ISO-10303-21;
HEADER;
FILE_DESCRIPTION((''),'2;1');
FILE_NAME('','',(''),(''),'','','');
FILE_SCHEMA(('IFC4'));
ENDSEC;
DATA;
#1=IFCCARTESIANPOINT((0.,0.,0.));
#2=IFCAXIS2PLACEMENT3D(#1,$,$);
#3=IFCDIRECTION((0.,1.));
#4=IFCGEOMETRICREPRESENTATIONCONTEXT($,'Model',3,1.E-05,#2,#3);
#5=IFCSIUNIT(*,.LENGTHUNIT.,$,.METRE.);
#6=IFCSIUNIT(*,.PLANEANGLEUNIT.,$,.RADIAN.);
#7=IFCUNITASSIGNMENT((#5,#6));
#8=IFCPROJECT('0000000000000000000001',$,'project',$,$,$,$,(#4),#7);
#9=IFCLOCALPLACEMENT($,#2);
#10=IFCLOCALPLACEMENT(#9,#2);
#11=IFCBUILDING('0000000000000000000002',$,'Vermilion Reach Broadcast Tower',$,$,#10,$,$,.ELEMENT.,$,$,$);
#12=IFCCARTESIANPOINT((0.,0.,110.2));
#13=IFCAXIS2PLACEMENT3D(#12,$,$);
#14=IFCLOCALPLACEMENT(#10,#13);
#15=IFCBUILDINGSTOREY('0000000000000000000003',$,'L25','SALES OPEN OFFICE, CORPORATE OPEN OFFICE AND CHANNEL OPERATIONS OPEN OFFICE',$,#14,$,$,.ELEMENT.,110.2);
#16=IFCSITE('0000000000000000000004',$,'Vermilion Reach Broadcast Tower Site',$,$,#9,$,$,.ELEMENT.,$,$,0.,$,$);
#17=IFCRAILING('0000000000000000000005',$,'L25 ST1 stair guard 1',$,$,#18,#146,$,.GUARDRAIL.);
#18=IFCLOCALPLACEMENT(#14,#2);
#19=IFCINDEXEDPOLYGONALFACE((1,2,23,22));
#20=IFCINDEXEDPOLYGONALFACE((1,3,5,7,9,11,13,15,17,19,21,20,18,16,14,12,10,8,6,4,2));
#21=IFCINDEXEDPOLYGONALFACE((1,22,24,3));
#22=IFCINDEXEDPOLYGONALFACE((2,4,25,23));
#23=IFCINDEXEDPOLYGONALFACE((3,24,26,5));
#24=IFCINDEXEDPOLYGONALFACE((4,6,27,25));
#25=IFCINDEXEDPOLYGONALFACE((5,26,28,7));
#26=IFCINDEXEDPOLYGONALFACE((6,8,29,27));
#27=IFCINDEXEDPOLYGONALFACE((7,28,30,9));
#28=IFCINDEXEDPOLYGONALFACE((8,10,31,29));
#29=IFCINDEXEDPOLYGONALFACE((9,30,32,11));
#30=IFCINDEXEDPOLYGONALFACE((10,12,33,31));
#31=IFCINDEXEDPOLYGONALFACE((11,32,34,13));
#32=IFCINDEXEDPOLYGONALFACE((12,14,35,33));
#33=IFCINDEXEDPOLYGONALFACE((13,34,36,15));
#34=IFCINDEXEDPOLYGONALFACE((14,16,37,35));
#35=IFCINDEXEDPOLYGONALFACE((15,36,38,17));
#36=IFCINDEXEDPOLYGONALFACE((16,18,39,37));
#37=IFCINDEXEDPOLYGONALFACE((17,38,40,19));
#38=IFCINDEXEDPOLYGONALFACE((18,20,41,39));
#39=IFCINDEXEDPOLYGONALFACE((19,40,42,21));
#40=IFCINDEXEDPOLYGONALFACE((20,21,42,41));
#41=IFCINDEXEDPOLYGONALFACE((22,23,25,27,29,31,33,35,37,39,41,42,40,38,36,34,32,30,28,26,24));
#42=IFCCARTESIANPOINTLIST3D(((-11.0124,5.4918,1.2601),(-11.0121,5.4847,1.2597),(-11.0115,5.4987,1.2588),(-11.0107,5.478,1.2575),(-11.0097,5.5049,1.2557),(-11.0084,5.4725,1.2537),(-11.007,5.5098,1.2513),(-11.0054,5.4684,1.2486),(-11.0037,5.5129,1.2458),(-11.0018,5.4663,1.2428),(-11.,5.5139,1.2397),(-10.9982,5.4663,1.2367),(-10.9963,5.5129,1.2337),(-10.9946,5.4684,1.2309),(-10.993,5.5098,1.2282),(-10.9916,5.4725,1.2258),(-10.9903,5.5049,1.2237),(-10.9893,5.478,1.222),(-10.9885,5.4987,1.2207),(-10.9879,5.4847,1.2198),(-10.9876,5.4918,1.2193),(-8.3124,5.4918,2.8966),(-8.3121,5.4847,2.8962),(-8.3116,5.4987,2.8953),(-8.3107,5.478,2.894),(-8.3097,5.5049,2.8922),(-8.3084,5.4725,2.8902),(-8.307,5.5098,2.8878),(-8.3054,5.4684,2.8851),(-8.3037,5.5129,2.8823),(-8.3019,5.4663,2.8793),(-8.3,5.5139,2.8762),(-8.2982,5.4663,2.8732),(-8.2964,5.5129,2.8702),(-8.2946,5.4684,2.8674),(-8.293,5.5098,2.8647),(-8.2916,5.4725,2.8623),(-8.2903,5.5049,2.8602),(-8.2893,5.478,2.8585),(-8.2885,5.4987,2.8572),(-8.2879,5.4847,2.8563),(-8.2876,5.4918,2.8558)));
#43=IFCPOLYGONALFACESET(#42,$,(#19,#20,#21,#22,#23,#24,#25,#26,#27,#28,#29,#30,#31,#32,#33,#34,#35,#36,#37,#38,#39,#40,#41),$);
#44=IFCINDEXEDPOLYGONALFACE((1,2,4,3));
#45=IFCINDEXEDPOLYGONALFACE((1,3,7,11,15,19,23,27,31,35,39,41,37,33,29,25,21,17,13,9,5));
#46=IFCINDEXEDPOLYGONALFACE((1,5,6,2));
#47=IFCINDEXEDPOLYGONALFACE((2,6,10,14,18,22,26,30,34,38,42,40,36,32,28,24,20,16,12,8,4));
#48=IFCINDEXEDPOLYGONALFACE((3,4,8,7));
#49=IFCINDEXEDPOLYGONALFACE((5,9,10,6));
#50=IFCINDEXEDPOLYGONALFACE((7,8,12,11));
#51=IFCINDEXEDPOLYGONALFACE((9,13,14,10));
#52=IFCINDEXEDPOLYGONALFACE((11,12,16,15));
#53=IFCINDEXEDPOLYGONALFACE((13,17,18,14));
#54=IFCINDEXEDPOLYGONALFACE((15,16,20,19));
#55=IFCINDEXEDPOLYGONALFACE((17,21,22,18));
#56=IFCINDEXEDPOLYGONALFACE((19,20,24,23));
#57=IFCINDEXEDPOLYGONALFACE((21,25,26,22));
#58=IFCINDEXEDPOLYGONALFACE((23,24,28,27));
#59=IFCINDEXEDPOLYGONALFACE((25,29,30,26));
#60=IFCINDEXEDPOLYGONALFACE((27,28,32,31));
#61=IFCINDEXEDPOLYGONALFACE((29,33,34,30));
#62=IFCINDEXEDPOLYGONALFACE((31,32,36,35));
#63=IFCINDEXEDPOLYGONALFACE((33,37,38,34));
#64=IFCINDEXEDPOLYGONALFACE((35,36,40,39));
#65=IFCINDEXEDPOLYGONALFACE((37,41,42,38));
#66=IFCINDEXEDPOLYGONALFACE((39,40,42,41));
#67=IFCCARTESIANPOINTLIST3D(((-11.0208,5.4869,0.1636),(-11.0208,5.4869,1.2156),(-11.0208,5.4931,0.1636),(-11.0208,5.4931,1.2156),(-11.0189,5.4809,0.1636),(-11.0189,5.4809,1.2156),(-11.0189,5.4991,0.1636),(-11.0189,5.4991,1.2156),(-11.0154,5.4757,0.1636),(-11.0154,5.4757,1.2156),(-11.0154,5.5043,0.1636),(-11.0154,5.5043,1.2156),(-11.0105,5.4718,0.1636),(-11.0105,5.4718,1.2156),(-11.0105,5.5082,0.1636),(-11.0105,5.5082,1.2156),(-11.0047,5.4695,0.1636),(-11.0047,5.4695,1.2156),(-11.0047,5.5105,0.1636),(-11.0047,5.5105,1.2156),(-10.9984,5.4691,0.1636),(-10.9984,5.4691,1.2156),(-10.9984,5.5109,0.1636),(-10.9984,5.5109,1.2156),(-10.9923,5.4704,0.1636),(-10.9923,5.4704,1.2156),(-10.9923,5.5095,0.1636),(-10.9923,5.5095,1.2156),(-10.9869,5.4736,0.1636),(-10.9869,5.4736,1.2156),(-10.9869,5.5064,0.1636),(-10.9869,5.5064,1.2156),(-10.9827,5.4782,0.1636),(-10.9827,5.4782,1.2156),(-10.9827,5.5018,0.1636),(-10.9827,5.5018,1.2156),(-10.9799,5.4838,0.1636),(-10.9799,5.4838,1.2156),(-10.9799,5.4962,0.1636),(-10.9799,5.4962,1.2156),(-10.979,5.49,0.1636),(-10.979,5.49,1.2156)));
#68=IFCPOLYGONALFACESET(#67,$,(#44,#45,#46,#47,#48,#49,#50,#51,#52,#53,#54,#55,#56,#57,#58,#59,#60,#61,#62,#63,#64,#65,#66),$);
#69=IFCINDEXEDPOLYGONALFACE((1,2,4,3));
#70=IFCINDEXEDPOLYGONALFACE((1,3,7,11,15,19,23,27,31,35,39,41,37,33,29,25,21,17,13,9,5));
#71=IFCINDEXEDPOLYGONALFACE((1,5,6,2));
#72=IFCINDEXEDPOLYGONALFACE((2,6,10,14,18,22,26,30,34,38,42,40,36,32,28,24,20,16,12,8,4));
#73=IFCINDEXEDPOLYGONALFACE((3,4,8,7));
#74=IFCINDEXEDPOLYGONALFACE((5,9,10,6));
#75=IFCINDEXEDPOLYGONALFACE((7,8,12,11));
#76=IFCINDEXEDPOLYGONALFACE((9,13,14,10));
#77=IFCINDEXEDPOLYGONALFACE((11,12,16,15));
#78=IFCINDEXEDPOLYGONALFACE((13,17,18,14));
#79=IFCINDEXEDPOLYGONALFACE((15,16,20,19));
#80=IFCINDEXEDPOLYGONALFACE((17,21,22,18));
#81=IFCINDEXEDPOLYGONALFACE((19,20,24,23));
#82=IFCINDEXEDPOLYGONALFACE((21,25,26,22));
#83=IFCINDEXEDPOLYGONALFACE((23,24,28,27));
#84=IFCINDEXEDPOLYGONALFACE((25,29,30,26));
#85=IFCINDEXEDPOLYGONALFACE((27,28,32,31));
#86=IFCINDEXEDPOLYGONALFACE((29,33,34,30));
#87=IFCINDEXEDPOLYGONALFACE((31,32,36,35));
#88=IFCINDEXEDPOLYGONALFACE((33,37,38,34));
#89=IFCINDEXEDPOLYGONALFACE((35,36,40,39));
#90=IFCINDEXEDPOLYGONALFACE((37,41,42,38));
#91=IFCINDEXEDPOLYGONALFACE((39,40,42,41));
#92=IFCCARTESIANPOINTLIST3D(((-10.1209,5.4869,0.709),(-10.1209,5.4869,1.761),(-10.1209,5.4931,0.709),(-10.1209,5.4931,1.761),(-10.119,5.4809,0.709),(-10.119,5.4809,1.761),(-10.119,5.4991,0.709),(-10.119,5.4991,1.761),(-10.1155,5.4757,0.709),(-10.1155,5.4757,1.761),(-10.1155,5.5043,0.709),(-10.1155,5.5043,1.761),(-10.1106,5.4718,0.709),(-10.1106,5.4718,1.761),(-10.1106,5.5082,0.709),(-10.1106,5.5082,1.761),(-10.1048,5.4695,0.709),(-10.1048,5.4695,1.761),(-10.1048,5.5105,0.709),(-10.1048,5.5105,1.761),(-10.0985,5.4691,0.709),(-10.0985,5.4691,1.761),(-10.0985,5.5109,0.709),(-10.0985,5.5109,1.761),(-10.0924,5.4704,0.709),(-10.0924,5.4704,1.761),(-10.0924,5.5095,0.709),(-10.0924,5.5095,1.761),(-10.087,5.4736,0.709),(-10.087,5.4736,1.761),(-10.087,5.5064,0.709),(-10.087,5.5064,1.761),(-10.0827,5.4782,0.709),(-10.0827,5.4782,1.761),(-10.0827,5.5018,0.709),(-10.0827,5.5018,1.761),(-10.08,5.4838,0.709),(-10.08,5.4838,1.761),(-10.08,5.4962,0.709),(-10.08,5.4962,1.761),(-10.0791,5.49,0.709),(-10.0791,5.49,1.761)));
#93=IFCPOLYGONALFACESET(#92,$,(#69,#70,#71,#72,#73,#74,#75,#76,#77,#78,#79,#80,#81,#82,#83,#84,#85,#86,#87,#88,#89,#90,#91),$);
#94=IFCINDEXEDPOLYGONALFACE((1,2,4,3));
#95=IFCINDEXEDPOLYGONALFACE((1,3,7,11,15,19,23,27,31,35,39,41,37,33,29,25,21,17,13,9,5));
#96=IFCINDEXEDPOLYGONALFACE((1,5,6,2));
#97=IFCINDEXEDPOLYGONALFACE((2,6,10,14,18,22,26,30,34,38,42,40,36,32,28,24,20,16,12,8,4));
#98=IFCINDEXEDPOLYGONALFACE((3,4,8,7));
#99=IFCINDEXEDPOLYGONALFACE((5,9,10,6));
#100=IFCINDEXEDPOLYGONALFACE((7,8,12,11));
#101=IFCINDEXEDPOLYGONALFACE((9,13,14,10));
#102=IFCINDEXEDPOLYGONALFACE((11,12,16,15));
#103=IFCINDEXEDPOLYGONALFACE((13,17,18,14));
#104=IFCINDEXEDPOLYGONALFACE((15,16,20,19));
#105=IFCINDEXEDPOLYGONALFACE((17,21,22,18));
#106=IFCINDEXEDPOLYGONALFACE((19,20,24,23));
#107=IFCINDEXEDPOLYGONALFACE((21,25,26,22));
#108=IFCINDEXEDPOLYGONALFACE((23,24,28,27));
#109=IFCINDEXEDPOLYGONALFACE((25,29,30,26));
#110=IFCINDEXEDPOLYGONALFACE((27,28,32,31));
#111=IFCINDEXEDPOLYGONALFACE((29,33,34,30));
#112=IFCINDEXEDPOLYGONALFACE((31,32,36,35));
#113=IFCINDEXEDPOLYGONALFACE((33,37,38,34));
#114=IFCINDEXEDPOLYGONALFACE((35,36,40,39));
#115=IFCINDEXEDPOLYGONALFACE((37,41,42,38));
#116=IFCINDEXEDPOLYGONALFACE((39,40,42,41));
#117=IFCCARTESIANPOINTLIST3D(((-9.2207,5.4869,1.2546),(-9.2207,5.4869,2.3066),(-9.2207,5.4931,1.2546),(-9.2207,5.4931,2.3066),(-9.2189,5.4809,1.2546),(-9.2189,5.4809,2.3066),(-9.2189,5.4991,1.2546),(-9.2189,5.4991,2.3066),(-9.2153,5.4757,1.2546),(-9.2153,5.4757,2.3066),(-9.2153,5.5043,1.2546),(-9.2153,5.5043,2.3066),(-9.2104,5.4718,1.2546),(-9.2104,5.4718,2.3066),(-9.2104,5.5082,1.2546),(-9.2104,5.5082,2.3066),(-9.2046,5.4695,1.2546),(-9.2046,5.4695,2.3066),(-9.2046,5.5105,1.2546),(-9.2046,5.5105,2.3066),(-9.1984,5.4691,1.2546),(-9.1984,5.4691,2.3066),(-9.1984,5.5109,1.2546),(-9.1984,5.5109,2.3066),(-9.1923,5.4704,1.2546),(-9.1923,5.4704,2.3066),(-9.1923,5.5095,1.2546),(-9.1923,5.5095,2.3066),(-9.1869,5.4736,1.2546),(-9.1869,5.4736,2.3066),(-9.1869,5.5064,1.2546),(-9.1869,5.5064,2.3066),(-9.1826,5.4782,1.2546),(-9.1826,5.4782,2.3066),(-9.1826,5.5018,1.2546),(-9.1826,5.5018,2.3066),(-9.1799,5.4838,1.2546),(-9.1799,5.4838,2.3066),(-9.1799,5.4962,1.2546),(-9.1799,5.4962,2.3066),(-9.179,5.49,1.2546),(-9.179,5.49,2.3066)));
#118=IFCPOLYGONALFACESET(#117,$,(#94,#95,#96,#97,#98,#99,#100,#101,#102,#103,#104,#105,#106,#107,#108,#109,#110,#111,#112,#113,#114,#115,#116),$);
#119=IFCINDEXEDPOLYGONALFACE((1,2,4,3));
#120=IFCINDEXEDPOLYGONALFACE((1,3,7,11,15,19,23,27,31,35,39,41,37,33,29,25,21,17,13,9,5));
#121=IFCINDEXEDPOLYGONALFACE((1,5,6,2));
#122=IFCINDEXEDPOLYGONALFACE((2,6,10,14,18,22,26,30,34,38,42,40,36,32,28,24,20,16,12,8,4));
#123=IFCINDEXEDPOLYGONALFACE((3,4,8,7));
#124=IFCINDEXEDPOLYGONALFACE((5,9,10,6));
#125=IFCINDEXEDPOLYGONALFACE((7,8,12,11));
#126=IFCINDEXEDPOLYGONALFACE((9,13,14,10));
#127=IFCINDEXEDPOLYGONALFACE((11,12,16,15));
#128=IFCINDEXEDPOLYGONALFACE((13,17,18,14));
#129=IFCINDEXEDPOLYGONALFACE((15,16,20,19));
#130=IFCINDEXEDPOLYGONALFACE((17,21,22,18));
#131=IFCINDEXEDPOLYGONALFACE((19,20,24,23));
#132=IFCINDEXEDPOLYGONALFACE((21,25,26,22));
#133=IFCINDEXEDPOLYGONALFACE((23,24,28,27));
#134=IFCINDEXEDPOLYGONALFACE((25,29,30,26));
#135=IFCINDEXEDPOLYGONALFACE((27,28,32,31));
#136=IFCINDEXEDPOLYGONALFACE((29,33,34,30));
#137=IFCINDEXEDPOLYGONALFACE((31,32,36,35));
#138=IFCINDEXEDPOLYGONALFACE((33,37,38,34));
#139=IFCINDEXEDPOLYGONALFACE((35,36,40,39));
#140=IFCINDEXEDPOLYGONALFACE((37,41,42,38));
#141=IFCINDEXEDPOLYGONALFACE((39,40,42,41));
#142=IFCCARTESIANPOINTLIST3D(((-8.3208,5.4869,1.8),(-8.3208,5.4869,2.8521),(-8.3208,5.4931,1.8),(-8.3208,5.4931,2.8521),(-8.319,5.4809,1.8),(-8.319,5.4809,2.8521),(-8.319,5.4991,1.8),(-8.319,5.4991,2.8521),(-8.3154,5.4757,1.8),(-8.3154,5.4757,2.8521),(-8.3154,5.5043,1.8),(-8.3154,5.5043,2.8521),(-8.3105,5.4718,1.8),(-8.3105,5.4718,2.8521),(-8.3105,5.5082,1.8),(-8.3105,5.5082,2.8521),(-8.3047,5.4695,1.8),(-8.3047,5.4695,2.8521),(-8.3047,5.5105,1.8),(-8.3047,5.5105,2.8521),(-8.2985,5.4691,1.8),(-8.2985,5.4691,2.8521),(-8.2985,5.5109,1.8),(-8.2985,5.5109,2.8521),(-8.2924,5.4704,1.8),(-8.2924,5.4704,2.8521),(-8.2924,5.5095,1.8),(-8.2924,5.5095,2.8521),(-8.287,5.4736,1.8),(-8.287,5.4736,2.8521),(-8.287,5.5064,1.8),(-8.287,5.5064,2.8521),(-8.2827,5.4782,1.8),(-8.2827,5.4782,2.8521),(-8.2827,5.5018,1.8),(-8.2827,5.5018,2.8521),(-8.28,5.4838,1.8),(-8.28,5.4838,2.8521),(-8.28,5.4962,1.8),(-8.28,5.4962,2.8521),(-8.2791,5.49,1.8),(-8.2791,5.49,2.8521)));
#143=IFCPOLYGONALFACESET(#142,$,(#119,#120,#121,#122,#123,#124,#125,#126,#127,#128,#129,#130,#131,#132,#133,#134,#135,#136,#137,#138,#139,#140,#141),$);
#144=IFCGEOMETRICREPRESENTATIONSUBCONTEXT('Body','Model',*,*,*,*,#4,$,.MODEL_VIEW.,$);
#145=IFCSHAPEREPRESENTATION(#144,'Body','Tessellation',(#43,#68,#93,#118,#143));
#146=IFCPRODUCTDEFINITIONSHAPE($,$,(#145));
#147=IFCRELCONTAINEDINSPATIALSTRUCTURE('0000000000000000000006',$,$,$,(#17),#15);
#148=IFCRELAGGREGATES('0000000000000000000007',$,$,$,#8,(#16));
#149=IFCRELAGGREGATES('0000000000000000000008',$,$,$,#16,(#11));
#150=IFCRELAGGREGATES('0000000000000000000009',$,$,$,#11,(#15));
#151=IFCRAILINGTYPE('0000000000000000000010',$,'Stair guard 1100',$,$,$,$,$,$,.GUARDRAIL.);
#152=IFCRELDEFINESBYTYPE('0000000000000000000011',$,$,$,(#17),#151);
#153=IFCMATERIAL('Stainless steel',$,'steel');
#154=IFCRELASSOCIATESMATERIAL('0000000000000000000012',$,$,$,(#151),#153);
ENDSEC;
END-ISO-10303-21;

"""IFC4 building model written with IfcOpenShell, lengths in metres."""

from ifc_helpers import new_model, si_unit, direction, frame, origin, origin_2d, place, context, subcontext, project, spatial, circle, extrude, material, type_object, element, save


model = new_model("IFC4")

# Units and contexts
model_context = context("Model", 3, precision=1e-05, world=origin(), true_north=direction((0.0, 1.0)))
body_context = subcontext(model_context, "Body", "Model", "MODEL_VIEW")
ifc_project = project(units=[si_unit("LENGTHUNIT", "METRE"), si_unit("PLANEANGLEUNIT", "RADIAN")], contexts=[model_context])

# Site, building, storey
site_placement = place(None, origin())
site = spatial("IfcSite", under=ifc_project, at=site_placement, Name="Vermilion Reach Broadcast Tower Site", CompositionType="ELEMENT", RefElevation=0.0)
building_placement = place(site_placement, origin())
building = spatial("IfcBuilding", under=site, at=building_placement, Name="Vermilion Reach Broadcast Tower", CompositionType="ELEMENT")
storey_placement = place(building_placement, frame((0.0, 0.0, 110.2)))
storey = spatial("IfcBuildingStorey", under=building, at=storey_placement, Name="L25", Description="SALES OPEN OFFICE, CORPORATE OPEN OFFICE AND CHANNEL OPERATIONS OPEN OFFICE", CompositionType="ELEMENT", Elevation=110.2)

# Railing
ifc_material_1 = material(Name="Stainless steel", Category="steel")
railing_type_1 = type_object("IfcRailingType", Name="Stair guard 1100", PredefinedType="GUARDRAIL", material=ifc_material_1)
railing_1_placement = place(storey_placement, frame((-11.0, 5.49, 0.1636)))
element("IfcRailing", 1, at=railing_1_placement, inside=storey, type_object=railing_type_1, Name="L25 ST1 stair guard 1", PredefinedType="GUARDRAIL", context=body_context, shape_type="SweptSolid", body=[
    extrude(circle(Radius=0.0239, at=origin_2d()), frame((0.0, 0.0, 1.0762), z_axis=(0.855178, 0.0, 0.518334), x_axis=(0.0, 1.0, 0.0)), (0.0, 0.0, 1.0), 3.1572),
    extrude(circle(Radius=0.021, at=origin_2d()), origin(), (0.0, 0.0, 1.0), 1.052),
    extrude(circle(Radius=0.021, at=origin_2d()), frame((0.8999, 0.0, 0.5454)), (0.0, 0.0, 1.0), 1.052),
    extrude(circle(Radius=0.021, at=origin_2d()), frame((1.8, 0.0, 1.0911)), (0.0, 0.0, 1.0), 1.052),
    extrude(circle(Radius=0.021, at=origin_2d()), frame((2.7, 0.0, 1.6365)), (0.0, 0.0, 1.0), 1.052),
])

save(model, "model.ifc")
